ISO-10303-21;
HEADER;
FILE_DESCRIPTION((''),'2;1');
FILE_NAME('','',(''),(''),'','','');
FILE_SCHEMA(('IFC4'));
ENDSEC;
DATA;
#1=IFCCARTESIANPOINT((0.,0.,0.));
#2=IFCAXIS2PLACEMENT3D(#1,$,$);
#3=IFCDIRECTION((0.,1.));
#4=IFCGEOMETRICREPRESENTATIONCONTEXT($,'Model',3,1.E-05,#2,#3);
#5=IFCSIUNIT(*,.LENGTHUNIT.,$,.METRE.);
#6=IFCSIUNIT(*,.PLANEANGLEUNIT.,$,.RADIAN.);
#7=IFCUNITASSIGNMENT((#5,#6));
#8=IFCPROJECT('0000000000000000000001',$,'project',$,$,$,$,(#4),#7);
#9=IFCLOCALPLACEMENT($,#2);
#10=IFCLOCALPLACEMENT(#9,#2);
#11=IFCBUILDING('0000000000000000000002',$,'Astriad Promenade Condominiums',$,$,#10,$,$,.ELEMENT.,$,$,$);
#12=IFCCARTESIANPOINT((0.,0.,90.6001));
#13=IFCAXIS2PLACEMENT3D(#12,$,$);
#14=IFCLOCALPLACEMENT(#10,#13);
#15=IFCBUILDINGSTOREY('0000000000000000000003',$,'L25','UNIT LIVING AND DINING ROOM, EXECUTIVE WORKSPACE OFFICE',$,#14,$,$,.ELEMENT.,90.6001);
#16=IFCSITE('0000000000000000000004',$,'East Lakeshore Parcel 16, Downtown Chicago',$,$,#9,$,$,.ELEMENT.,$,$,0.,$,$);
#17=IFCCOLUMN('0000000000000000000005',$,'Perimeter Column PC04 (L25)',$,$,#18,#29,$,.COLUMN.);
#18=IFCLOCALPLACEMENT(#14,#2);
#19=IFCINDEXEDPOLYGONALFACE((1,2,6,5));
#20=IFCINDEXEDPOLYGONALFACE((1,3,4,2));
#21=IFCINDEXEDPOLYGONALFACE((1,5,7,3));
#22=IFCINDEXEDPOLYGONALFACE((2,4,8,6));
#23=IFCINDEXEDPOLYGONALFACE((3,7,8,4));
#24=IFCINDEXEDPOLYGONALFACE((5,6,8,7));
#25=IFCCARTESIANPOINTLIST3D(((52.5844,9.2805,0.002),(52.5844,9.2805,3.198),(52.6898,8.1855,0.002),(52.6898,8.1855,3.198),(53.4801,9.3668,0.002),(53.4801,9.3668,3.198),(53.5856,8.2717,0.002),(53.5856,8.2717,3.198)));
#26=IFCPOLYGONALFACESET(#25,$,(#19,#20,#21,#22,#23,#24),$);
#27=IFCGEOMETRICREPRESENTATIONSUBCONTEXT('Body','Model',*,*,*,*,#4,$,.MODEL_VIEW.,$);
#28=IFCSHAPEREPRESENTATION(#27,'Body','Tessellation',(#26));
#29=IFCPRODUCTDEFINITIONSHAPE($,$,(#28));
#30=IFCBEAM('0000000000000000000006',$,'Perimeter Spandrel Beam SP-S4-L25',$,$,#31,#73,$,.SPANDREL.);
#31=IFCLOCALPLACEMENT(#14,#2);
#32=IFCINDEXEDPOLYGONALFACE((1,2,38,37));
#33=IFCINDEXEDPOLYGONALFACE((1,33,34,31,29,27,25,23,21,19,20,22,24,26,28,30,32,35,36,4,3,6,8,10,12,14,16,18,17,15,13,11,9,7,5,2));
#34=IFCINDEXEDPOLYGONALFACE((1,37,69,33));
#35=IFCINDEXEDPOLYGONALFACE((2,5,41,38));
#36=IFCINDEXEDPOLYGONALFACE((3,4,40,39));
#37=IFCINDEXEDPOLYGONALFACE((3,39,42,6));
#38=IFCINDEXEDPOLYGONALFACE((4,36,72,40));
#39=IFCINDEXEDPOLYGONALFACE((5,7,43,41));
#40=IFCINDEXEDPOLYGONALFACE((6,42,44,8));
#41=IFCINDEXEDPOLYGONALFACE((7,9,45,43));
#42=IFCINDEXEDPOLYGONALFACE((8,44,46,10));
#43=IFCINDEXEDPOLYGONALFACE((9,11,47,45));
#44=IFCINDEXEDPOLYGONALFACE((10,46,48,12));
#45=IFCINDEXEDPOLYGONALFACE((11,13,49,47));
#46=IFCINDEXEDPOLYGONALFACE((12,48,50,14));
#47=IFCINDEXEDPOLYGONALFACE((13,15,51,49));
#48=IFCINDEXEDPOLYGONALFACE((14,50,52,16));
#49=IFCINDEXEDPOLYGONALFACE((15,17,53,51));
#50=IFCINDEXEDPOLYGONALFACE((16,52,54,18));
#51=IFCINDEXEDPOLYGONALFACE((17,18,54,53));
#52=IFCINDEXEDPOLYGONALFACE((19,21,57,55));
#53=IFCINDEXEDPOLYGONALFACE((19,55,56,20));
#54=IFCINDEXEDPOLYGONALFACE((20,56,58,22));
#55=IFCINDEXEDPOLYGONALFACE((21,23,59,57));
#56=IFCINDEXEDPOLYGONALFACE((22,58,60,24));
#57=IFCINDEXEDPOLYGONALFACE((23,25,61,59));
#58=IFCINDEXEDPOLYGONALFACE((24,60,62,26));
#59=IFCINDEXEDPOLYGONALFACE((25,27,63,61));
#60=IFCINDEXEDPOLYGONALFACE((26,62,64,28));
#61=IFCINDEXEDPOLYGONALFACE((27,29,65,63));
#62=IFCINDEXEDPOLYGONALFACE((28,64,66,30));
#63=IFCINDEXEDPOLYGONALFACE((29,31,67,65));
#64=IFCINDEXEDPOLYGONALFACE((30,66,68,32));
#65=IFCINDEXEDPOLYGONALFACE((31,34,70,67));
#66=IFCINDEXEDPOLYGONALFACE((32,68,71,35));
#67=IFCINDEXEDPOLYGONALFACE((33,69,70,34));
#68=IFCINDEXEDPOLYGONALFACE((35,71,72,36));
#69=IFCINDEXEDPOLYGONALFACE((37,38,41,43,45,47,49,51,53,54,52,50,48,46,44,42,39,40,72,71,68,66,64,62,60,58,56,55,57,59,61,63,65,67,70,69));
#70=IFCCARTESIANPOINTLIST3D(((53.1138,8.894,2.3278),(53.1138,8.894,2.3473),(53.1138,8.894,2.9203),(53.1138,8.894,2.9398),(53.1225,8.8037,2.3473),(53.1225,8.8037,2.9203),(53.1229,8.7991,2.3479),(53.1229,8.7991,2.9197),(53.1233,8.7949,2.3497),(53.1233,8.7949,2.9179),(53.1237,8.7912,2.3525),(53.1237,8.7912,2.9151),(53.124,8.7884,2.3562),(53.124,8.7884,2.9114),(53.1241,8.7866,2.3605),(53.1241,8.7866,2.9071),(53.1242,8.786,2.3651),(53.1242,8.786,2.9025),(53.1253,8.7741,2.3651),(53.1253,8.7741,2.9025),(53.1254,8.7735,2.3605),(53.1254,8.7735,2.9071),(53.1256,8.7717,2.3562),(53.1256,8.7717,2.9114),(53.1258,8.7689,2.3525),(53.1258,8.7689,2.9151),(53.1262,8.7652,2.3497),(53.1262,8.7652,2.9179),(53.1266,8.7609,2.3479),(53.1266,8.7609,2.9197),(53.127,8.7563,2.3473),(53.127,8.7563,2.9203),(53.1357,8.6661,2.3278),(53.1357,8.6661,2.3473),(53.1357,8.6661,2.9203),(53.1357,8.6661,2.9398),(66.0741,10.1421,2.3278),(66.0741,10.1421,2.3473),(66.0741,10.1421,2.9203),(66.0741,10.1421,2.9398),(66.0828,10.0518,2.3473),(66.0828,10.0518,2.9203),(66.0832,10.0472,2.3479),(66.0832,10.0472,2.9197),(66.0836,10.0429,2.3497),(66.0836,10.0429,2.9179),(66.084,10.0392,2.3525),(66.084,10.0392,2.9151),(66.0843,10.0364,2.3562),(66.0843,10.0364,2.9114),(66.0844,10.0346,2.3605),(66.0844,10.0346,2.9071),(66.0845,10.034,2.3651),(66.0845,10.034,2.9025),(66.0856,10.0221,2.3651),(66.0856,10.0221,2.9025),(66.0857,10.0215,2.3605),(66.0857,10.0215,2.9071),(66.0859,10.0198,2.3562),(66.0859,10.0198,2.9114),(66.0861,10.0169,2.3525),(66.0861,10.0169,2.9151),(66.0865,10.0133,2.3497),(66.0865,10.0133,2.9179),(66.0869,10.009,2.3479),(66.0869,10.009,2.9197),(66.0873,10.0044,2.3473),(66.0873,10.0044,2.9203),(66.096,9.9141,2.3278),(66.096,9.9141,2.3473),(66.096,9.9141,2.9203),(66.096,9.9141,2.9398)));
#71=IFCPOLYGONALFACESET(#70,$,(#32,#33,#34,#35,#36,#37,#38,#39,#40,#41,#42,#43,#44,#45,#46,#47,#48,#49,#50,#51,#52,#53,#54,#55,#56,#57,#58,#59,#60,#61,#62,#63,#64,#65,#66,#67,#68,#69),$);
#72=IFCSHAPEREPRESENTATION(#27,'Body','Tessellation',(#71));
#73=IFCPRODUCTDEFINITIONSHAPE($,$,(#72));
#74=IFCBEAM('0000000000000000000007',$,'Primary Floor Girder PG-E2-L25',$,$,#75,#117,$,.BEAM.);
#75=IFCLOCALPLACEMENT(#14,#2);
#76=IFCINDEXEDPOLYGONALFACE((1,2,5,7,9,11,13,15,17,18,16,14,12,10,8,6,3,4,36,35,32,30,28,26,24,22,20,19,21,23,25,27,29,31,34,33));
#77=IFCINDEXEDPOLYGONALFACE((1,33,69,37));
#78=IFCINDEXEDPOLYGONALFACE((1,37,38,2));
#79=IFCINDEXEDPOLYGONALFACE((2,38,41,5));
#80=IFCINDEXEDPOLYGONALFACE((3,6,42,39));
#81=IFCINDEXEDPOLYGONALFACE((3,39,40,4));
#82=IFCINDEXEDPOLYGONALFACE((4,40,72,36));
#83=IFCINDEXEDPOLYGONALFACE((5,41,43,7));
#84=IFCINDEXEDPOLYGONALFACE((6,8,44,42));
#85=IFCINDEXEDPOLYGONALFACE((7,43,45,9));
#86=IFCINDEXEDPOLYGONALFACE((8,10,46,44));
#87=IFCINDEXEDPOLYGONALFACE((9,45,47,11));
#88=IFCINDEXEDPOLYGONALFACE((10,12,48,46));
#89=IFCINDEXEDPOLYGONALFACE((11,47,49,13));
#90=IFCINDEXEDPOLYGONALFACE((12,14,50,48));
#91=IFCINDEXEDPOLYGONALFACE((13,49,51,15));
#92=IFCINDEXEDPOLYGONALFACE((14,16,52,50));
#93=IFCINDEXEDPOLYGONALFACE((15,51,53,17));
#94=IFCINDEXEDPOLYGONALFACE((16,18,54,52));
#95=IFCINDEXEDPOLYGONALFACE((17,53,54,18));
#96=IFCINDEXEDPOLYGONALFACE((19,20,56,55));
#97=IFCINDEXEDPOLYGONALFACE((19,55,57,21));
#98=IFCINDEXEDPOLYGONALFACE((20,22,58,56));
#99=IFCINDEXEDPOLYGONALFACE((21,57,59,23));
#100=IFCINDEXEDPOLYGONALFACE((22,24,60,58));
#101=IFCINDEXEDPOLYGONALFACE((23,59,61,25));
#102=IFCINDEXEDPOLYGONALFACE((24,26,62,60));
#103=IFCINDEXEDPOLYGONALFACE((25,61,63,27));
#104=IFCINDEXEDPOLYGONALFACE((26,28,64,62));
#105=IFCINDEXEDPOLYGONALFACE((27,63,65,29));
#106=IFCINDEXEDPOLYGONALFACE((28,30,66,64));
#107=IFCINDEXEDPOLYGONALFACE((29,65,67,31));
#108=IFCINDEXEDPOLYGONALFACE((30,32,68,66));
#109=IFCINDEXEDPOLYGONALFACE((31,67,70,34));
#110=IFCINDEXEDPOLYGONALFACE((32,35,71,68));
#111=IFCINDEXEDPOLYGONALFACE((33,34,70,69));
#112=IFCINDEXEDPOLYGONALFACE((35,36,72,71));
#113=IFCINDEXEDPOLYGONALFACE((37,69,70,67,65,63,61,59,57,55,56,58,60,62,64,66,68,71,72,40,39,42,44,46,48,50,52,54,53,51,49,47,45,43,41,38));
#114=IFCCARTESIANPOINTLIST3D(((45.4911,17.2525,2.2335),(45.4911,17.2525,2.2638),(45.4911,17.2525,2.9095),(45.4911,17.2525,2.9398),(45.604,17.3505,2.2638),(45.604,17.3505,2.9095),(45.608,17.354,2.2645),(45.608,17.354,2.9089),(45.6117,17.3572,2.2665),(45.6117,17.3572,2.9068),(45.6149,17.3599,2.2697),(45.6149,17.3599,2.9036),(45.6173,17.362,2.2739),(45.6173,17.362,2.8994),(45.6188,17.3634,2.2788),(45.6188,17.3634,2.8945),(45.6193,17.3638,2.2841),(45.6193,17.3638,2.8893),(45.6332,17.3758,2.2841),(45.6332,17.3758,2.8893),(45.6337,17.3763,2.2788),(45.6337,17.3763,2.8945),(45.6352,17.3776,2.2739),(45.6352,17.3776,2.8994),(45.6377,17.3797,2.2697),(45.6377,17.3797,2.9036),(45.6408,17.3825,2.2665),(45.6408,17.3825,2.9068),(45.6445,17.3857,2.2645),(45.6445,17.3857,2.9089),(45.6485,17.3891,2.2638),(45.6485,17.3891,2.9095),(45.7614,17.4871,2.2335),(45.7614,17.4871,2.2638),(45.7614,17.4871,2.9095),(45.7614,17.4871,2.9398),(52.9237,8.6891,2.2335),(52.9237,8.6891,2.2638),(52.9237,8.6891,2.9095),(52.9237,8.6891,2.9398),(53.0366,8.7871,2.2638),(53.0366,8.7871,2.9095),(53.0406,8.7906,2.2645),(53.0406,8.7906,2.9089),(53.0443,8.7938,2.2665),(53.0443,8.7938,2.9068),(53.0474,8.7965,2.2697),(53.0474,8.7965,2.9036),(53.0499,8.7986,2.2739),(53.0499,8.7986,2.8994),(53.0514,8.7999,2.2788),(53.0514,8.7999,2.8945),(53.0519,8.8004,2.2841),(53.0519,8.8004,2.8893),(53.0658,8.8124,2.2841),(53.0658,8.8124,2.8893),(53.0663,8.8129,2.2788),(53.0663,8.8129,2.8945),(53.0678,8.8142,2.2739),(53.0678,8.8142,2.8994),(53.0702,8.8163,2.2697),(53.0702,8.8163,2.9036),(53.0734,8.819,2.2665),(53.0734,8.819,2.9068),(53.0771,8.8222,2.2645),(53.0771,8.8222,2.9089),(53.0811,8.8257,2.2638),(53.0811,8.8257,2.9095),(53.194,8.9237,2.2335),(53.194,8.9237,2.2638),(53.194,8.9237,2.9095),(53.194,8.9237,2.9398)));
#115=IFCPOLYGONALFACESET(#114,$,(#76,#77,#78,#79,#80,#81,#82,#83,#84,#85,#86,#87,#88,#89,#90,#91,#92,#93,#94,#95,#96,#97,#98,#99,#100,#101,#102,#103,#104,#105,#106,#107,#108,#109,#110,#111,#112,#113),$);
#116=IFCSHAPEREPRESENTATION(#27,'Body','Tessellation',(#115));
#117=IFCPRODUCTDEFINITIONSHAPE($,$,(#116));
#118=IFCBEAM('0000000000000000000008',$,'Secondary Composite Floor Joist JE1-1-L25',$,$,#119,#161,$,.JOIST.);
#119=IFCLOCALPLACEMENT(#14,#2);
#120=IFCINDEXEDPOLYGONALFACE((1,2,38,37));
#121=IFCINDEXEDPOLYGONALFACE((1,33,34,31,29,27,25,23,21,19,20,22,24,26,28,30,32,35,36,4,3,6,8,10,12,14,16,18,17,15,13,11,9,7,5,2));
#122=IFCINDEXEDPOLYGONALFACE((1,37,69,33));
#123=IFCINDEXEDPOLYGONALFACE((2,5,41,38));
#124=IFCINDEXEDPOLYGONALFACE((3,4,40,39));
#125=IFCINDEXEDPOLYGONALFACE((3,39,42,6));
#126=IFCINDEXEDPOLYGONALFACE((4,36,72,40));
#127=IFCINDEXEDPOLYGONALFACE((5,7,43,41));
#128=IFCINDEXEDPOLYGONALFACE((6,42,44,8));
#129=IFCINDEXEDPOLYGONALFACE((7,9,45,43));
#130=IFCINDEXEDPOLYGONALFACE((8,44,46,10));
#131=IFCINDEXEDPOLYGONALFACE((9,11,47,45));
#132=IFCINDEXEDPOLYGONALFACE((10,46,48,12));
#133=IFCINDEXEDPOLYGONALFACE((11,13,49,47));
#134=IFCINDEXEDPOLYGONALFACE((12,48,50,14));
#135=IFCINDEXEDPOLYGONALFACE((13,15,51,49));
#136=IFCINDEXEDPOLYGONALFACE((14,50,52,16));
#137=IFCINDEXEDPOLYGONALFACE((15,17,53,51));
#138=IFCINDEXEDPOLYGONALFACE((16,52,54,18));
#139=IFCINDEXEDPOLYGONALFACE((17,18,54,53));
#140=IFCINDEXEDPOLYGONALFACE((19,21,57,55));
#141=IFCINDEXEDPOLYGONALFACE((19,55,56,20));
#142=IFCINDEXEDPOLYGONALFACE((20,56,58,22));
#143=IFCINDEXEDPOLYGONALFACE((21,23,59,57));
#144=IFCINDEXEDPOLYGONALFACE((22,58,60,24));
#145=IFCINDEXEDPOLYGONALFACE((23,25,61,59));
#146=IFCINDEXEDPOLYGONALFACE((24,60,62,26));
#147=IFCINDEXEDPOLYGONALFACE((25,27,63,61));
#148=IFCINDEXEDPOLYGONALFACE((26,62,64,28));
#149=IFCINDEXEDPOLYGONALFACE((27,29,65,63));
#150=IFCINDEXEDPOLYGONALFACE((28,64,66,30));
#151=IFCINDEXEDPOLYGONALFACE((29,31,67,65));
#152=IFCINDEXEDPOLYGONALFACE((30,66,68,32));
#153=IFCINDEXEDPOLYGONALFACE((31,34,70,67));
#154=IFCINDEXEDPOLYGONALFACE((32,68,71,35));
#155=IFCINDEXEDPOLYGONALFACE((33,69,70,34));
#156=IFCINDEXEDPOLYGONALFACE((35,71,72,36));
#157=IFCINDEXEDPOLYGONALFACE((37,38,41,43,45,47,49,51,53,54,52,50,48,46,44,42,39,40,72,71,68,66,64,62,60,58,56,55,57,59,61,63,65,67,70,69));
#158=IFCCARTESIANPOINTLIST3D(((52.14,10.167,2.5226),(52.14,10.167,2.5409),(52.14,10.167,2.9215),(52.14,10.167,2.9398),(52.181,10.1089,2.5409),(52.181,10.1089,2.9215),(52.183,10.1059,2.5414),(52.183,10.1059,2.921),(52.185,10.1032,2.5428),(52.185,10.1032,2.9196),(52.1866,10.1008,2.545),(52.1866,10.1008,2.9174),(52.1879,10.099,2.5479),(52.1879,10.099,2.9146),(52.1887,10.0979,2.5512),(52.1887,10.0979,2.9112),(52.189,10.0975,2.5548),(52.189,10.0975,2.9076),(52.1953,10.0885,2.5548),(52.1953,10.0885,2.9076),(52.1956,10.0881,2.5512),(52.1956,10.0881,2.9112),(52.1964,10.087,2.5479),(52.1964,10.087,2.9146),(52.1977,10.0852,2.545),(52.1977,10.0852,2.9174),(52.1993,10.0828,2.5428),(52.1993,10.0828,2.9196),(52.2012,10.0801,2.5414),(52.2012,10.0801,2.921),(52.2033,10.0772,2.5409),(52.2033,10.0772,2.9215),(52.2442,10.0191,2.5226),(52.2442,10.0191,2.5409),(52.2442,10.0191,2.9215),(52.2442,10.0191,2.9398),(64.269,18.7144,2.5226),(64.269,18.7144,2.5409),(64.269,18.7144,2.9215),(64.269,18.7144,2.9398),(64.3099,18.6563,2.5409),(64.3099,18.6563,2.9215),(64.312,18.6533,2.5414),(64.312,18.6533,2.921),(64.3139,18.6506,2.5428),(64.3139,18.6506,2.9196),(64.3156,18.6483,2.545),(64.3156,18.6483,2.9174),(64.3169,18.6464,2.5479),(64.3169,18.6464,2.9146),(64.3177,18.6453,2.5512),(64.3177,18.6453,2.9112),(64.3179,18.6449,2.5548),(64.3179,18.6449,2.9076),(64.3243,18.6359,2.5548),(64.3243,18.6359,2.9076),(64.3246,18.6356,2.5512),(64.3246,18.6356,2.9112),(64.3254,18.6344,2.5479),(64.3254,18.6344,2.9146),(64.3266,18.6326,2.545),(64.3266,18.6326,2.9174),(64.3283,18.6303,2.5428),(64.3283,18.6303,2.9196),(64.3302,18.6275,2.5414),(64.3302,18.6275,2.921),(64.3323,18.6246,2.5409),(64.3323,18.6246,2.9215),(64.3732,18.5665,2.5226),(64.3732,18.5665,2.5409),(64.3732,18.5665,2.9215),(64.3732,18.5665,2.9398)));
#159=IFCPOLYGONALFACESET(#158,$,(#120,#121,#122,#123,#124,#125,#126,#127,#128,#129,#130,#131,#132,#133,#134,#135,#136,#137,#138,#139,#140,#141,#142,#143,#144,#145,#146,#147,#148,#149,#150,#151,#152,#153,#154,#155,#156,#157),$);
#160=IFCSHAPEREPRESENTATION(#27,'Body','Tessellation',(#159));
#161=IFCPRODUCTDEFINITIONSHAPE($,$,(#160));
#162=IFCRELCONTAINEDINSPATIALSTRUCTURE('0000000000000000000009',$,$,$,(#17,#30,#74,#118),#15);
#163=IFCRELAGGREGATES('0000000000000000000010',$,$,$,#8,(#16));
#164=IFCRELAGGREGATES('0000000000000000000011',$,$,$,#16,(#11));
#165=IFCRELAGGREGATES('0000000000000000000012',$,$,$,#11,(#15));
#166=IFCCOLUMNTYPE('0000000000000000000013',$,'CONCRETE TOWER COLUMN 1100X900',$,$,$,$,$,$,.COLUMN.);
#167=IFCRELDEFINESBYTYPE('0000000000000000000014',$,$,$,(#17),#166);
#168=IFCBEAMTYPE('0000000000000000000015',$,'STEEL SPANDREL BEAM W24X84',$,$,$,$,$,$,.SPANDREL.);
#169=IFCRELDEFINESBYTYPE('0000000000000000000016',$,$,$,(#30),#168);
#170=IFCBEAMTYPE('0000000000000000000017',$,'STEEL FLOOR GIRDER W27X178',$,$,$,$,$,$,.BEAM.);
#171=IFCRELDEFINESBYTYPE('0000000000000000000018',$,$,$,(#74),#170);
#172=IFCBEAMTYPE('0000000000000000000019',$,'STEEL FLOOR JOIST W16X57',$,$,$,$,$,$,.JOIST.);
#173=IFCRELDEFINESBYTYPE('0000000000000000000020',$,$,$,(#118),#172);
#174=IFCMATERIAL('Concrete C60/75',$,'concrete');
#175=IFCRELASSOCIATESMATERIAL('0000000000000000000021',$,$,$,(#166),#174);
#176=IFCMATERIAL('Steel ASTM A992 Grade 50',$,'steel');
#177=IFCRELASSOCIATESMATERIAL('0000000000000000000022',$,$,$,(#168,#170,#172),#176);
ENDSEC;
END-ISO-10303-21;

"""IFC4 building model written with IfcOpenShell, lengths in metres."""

from ifc_helpers import new_model, si_unit, direction, frame, origin, origin_2d, place, context, subcontext, project, spatial, rectangle, i_section, extrude, source, transform, mapped, material, material_profile, profile_set, type_object, type_shapes, element, save


model = new_model("IFC4")

# Units and contexts
model_context = context("Model", 3, precision=1e-05, world=origin(), true_north=direction((0.0, 1.0)))
body_context = subcontext(model_context, "Body", "Model", "MODEL_VIEW")
ifc_project = project(units=[si_unit("LENGTHUNIT", "METRE"), si_unit("PLANEANGLEUNIT", "RADIAN")], contexts=[model_context])

# Site, building, storey
site_placement = place(None, origin())
site = spatial("IfcSite", under=ifc_project, at=site_placement, Name="East Lakeshore Parcel 16, Downtown Chicago", CompositionType="ELEMENT", RefElevation=0.0)
building_placement = place(site_placement, origin())
building = spatial("IfcBuilding", under=site, at=building_placement, Name="Astriad Promenade Condominiums", CompositionType="ELEMENT")
storey_placement = place(building_placement, frame((0.0, 0.0, 90.6001)))
storey = spatial("IfcBuildingStorey", under=building, at=storey_placement, Name="L25", Description="UNIT LIVING AND DINING ROOM, EXECUTIVE WORKSPACE OFFICE", CompositionType="ELEMENT", Elevation=90.6001)

# Column
ifc_material_1 = material(Name="Concrete C60/75", Category="concrete")
ifc_material_profile_1 = material_profile(ifc_material_1, rectangle(XDim=0.8999, YDim=1.1001, at=origin_2d()), Name="RC-COL-1100X900")
ifc_profile_set_1 = profile_set([ifc_material_profile_1], Name="Concrete C60/75")
column_type = type_object("IfcColumnType", Name="CONCRETE TOWER COLUMN 1100X900", PredefinedType="COLUMN", material=ifc_profile_set_1)
shared_shape_1 = source(origin(), body_context, "Body", "SweptSolid", [
    extrude(rectangle(XDim=0.8999, YDim=1.1001, at=origin_2d()), origin(), (0.0, 0.0, 1.0), 3.196),
])
type_shapes(column_type, [shared_shape_1])
column_placement = place(storey_placement, frame((53.085, 8.7761, 0.002), z_axis=(0.0, 0.0, 1.0), x_axis=(0.995396, 0.095846, 0.0)))
element("IfcColumn", 1, at=column_placement, inside=storey, type_object=column_type, Name="Perimeter Column PC04 (L25)", PredefinedType="COLUMN", context=body_context, shape_type="MappedRepresentation", body=[
    mapped(shared_shape_1, transform((0.0, 0.0, 0.0), scale=1.0)),
])

# Beams
ifc_material_2 = material(Name="Steel ASTM A992 Grade 50", Category="steel")
ifc_material_profile_2 = material_profile(ifc_material_2, i_section(OverallWidth=0.229, OverallDepth=0.6121, WebThickness=0.012, FlangeThickness=0.0195, FilletRadius=0.0178, at=origin_2d()), Name="W24X84")
ifc_profile_set_2 = profile_set([ifc_material_profile_2], Name="Steel ASTM A992 Grade 50")
beam_type_1 = type_object("IfcBeamType", Name="STEEL SPANDREL BEAM W24X84", PredefinedType="SPANDREL", material=ifc_profile_set_2)
shared_shape_2 = source(origin(), body_context, "Body", "SweptSolid", [
    extrude(i_section(OverallWidth=0.229, OverallDepth=0.6121, WebThickness=0.012, FlangeThickness=0.0195, FilletRadius=0.0178, at=origin_2d()), origin(), (0.0, 0.0, 1.0), 13.0203),
])
type_shapes(beam_type_1, [shared_shape_2])
beam_1_placement = place(storey_placement, frame((53.1248, 8.78, 2.6338), z_axis=(0.995395, 0.095855, 0.0), x_axis=(-0.095855, 0.995395, 0.0)))
element("IfcBeam", 2, at=beam_1_placement, inside=storey, type_object=beam_type_1, Name="Perimeter Spandrel Beam SP-S4-L25", PredefinedType="SPANDREL", context=body_context, shape_type="MappedRepresentation", body=[
    mapped(shared_shape_2, transform((0.0, 0.0, 0.0), scale=1.0)),
])
ifc_material_profile_3 = material_profile(ifc_material_2, i_section(OverallWidth=0.3579, OverallDepth=0.7063, WebThickness=0.0183, FlangeThickness=0.0303, FilletRadius=0.0203, at=origin_2d()), Name="W27X178")
ifc_profile_set_3 = profile_set([ifc_material_profile_3], Name="Steel ASTM A992 Grade 50")
beam_type_2 = type_object("IfcBeamType", Name="STEEL FLOOR GIRDER W27X178", PredefinedType="BEAM", material=ifc_profile_set_3)
shared_shape_3 = source(origin(), body_context, "Body", "SweptSolid", [
    extrude(i_section(OverallWidth=0.3579, OverallDepth=0.7063, WebThickness=0.0183, FlangeThickness=0.0303, FilletRadius=0.0203, at=origin_2d()), origin(), (0.0, 0.0, 1.0), 11.3391),
])
type_shapes(beam_type_2, [shared_shape_3])
beam_2_placement = place(storey_placement, frame((53.0588, 8.8064, 2.5867), z_axis=(-0.655481, 0.755211, 0.0), x_axis=(-0.755211, -0.655481, 0.0)))
element("IfcBeam", 3, at=beam_2_placement, inside=storey, type_object=beam_type_2, Name="Primary Floor Girder PG-E2-L25", PredefinedType="BEAM", context=body_context, shape_type="MappedRepresentation", body=[
    mapped(shared_shape_3, transform((0.0, 0.0, 0.0), scale=1.0)),
])
ifc_material_profile_4 = material_profile(ifc_material_2, i_section(OverallWidth=0.1809, OverallDepth=0.4172, WebThickness=0.011, FlangeThickness=0.0183, FilletRadius=0.0139, at=origin_2d()), Name="W16X57")
ifc_profile_set_4 = profile_set([ifc_material_profile_4], Name="Steel ASTM A992 Grade 50")
beam_type_3 = type_object("IfcBeamType", Name="STEEL FLOOR JOIST W16X57", PredefinedType="JOIST", material=ifc_profile_set_4)
shared_shape_4 = source(origin(), body_context, "Body", "SweptSolid", [
    extrude(i_section(OverallWidth=0.1809, OverallDepth=0.4172, WebThickness=0.011, FlangeThickness=0.0183, FilletRadius=0.0139, at=origin_2d()), origin(), (0.0, 0.0, 1.0), 14.8381),
])
beam_3_placement = place(storey_placement, frame((52.1921, 10.093, 2.7312), z_axis=(0.817419, 0.576043, 0.0), x_axis=(-0.576043, 0.817419, 0.0)))
element("IfcBeam", 4, at=beam_3_placement, inside=storey, type_object=beam_type_3, Name="Secondary Composite Floor Joist JE1-1-L25", PredefinedType="JOIST", context=body_context, shape_type="MappedRepresentation", body=[
    mapped(shared_shape_4, transform((0.0, 0.0, 0.0), scale=1.0)),
])

save(model, "model.ifc")
